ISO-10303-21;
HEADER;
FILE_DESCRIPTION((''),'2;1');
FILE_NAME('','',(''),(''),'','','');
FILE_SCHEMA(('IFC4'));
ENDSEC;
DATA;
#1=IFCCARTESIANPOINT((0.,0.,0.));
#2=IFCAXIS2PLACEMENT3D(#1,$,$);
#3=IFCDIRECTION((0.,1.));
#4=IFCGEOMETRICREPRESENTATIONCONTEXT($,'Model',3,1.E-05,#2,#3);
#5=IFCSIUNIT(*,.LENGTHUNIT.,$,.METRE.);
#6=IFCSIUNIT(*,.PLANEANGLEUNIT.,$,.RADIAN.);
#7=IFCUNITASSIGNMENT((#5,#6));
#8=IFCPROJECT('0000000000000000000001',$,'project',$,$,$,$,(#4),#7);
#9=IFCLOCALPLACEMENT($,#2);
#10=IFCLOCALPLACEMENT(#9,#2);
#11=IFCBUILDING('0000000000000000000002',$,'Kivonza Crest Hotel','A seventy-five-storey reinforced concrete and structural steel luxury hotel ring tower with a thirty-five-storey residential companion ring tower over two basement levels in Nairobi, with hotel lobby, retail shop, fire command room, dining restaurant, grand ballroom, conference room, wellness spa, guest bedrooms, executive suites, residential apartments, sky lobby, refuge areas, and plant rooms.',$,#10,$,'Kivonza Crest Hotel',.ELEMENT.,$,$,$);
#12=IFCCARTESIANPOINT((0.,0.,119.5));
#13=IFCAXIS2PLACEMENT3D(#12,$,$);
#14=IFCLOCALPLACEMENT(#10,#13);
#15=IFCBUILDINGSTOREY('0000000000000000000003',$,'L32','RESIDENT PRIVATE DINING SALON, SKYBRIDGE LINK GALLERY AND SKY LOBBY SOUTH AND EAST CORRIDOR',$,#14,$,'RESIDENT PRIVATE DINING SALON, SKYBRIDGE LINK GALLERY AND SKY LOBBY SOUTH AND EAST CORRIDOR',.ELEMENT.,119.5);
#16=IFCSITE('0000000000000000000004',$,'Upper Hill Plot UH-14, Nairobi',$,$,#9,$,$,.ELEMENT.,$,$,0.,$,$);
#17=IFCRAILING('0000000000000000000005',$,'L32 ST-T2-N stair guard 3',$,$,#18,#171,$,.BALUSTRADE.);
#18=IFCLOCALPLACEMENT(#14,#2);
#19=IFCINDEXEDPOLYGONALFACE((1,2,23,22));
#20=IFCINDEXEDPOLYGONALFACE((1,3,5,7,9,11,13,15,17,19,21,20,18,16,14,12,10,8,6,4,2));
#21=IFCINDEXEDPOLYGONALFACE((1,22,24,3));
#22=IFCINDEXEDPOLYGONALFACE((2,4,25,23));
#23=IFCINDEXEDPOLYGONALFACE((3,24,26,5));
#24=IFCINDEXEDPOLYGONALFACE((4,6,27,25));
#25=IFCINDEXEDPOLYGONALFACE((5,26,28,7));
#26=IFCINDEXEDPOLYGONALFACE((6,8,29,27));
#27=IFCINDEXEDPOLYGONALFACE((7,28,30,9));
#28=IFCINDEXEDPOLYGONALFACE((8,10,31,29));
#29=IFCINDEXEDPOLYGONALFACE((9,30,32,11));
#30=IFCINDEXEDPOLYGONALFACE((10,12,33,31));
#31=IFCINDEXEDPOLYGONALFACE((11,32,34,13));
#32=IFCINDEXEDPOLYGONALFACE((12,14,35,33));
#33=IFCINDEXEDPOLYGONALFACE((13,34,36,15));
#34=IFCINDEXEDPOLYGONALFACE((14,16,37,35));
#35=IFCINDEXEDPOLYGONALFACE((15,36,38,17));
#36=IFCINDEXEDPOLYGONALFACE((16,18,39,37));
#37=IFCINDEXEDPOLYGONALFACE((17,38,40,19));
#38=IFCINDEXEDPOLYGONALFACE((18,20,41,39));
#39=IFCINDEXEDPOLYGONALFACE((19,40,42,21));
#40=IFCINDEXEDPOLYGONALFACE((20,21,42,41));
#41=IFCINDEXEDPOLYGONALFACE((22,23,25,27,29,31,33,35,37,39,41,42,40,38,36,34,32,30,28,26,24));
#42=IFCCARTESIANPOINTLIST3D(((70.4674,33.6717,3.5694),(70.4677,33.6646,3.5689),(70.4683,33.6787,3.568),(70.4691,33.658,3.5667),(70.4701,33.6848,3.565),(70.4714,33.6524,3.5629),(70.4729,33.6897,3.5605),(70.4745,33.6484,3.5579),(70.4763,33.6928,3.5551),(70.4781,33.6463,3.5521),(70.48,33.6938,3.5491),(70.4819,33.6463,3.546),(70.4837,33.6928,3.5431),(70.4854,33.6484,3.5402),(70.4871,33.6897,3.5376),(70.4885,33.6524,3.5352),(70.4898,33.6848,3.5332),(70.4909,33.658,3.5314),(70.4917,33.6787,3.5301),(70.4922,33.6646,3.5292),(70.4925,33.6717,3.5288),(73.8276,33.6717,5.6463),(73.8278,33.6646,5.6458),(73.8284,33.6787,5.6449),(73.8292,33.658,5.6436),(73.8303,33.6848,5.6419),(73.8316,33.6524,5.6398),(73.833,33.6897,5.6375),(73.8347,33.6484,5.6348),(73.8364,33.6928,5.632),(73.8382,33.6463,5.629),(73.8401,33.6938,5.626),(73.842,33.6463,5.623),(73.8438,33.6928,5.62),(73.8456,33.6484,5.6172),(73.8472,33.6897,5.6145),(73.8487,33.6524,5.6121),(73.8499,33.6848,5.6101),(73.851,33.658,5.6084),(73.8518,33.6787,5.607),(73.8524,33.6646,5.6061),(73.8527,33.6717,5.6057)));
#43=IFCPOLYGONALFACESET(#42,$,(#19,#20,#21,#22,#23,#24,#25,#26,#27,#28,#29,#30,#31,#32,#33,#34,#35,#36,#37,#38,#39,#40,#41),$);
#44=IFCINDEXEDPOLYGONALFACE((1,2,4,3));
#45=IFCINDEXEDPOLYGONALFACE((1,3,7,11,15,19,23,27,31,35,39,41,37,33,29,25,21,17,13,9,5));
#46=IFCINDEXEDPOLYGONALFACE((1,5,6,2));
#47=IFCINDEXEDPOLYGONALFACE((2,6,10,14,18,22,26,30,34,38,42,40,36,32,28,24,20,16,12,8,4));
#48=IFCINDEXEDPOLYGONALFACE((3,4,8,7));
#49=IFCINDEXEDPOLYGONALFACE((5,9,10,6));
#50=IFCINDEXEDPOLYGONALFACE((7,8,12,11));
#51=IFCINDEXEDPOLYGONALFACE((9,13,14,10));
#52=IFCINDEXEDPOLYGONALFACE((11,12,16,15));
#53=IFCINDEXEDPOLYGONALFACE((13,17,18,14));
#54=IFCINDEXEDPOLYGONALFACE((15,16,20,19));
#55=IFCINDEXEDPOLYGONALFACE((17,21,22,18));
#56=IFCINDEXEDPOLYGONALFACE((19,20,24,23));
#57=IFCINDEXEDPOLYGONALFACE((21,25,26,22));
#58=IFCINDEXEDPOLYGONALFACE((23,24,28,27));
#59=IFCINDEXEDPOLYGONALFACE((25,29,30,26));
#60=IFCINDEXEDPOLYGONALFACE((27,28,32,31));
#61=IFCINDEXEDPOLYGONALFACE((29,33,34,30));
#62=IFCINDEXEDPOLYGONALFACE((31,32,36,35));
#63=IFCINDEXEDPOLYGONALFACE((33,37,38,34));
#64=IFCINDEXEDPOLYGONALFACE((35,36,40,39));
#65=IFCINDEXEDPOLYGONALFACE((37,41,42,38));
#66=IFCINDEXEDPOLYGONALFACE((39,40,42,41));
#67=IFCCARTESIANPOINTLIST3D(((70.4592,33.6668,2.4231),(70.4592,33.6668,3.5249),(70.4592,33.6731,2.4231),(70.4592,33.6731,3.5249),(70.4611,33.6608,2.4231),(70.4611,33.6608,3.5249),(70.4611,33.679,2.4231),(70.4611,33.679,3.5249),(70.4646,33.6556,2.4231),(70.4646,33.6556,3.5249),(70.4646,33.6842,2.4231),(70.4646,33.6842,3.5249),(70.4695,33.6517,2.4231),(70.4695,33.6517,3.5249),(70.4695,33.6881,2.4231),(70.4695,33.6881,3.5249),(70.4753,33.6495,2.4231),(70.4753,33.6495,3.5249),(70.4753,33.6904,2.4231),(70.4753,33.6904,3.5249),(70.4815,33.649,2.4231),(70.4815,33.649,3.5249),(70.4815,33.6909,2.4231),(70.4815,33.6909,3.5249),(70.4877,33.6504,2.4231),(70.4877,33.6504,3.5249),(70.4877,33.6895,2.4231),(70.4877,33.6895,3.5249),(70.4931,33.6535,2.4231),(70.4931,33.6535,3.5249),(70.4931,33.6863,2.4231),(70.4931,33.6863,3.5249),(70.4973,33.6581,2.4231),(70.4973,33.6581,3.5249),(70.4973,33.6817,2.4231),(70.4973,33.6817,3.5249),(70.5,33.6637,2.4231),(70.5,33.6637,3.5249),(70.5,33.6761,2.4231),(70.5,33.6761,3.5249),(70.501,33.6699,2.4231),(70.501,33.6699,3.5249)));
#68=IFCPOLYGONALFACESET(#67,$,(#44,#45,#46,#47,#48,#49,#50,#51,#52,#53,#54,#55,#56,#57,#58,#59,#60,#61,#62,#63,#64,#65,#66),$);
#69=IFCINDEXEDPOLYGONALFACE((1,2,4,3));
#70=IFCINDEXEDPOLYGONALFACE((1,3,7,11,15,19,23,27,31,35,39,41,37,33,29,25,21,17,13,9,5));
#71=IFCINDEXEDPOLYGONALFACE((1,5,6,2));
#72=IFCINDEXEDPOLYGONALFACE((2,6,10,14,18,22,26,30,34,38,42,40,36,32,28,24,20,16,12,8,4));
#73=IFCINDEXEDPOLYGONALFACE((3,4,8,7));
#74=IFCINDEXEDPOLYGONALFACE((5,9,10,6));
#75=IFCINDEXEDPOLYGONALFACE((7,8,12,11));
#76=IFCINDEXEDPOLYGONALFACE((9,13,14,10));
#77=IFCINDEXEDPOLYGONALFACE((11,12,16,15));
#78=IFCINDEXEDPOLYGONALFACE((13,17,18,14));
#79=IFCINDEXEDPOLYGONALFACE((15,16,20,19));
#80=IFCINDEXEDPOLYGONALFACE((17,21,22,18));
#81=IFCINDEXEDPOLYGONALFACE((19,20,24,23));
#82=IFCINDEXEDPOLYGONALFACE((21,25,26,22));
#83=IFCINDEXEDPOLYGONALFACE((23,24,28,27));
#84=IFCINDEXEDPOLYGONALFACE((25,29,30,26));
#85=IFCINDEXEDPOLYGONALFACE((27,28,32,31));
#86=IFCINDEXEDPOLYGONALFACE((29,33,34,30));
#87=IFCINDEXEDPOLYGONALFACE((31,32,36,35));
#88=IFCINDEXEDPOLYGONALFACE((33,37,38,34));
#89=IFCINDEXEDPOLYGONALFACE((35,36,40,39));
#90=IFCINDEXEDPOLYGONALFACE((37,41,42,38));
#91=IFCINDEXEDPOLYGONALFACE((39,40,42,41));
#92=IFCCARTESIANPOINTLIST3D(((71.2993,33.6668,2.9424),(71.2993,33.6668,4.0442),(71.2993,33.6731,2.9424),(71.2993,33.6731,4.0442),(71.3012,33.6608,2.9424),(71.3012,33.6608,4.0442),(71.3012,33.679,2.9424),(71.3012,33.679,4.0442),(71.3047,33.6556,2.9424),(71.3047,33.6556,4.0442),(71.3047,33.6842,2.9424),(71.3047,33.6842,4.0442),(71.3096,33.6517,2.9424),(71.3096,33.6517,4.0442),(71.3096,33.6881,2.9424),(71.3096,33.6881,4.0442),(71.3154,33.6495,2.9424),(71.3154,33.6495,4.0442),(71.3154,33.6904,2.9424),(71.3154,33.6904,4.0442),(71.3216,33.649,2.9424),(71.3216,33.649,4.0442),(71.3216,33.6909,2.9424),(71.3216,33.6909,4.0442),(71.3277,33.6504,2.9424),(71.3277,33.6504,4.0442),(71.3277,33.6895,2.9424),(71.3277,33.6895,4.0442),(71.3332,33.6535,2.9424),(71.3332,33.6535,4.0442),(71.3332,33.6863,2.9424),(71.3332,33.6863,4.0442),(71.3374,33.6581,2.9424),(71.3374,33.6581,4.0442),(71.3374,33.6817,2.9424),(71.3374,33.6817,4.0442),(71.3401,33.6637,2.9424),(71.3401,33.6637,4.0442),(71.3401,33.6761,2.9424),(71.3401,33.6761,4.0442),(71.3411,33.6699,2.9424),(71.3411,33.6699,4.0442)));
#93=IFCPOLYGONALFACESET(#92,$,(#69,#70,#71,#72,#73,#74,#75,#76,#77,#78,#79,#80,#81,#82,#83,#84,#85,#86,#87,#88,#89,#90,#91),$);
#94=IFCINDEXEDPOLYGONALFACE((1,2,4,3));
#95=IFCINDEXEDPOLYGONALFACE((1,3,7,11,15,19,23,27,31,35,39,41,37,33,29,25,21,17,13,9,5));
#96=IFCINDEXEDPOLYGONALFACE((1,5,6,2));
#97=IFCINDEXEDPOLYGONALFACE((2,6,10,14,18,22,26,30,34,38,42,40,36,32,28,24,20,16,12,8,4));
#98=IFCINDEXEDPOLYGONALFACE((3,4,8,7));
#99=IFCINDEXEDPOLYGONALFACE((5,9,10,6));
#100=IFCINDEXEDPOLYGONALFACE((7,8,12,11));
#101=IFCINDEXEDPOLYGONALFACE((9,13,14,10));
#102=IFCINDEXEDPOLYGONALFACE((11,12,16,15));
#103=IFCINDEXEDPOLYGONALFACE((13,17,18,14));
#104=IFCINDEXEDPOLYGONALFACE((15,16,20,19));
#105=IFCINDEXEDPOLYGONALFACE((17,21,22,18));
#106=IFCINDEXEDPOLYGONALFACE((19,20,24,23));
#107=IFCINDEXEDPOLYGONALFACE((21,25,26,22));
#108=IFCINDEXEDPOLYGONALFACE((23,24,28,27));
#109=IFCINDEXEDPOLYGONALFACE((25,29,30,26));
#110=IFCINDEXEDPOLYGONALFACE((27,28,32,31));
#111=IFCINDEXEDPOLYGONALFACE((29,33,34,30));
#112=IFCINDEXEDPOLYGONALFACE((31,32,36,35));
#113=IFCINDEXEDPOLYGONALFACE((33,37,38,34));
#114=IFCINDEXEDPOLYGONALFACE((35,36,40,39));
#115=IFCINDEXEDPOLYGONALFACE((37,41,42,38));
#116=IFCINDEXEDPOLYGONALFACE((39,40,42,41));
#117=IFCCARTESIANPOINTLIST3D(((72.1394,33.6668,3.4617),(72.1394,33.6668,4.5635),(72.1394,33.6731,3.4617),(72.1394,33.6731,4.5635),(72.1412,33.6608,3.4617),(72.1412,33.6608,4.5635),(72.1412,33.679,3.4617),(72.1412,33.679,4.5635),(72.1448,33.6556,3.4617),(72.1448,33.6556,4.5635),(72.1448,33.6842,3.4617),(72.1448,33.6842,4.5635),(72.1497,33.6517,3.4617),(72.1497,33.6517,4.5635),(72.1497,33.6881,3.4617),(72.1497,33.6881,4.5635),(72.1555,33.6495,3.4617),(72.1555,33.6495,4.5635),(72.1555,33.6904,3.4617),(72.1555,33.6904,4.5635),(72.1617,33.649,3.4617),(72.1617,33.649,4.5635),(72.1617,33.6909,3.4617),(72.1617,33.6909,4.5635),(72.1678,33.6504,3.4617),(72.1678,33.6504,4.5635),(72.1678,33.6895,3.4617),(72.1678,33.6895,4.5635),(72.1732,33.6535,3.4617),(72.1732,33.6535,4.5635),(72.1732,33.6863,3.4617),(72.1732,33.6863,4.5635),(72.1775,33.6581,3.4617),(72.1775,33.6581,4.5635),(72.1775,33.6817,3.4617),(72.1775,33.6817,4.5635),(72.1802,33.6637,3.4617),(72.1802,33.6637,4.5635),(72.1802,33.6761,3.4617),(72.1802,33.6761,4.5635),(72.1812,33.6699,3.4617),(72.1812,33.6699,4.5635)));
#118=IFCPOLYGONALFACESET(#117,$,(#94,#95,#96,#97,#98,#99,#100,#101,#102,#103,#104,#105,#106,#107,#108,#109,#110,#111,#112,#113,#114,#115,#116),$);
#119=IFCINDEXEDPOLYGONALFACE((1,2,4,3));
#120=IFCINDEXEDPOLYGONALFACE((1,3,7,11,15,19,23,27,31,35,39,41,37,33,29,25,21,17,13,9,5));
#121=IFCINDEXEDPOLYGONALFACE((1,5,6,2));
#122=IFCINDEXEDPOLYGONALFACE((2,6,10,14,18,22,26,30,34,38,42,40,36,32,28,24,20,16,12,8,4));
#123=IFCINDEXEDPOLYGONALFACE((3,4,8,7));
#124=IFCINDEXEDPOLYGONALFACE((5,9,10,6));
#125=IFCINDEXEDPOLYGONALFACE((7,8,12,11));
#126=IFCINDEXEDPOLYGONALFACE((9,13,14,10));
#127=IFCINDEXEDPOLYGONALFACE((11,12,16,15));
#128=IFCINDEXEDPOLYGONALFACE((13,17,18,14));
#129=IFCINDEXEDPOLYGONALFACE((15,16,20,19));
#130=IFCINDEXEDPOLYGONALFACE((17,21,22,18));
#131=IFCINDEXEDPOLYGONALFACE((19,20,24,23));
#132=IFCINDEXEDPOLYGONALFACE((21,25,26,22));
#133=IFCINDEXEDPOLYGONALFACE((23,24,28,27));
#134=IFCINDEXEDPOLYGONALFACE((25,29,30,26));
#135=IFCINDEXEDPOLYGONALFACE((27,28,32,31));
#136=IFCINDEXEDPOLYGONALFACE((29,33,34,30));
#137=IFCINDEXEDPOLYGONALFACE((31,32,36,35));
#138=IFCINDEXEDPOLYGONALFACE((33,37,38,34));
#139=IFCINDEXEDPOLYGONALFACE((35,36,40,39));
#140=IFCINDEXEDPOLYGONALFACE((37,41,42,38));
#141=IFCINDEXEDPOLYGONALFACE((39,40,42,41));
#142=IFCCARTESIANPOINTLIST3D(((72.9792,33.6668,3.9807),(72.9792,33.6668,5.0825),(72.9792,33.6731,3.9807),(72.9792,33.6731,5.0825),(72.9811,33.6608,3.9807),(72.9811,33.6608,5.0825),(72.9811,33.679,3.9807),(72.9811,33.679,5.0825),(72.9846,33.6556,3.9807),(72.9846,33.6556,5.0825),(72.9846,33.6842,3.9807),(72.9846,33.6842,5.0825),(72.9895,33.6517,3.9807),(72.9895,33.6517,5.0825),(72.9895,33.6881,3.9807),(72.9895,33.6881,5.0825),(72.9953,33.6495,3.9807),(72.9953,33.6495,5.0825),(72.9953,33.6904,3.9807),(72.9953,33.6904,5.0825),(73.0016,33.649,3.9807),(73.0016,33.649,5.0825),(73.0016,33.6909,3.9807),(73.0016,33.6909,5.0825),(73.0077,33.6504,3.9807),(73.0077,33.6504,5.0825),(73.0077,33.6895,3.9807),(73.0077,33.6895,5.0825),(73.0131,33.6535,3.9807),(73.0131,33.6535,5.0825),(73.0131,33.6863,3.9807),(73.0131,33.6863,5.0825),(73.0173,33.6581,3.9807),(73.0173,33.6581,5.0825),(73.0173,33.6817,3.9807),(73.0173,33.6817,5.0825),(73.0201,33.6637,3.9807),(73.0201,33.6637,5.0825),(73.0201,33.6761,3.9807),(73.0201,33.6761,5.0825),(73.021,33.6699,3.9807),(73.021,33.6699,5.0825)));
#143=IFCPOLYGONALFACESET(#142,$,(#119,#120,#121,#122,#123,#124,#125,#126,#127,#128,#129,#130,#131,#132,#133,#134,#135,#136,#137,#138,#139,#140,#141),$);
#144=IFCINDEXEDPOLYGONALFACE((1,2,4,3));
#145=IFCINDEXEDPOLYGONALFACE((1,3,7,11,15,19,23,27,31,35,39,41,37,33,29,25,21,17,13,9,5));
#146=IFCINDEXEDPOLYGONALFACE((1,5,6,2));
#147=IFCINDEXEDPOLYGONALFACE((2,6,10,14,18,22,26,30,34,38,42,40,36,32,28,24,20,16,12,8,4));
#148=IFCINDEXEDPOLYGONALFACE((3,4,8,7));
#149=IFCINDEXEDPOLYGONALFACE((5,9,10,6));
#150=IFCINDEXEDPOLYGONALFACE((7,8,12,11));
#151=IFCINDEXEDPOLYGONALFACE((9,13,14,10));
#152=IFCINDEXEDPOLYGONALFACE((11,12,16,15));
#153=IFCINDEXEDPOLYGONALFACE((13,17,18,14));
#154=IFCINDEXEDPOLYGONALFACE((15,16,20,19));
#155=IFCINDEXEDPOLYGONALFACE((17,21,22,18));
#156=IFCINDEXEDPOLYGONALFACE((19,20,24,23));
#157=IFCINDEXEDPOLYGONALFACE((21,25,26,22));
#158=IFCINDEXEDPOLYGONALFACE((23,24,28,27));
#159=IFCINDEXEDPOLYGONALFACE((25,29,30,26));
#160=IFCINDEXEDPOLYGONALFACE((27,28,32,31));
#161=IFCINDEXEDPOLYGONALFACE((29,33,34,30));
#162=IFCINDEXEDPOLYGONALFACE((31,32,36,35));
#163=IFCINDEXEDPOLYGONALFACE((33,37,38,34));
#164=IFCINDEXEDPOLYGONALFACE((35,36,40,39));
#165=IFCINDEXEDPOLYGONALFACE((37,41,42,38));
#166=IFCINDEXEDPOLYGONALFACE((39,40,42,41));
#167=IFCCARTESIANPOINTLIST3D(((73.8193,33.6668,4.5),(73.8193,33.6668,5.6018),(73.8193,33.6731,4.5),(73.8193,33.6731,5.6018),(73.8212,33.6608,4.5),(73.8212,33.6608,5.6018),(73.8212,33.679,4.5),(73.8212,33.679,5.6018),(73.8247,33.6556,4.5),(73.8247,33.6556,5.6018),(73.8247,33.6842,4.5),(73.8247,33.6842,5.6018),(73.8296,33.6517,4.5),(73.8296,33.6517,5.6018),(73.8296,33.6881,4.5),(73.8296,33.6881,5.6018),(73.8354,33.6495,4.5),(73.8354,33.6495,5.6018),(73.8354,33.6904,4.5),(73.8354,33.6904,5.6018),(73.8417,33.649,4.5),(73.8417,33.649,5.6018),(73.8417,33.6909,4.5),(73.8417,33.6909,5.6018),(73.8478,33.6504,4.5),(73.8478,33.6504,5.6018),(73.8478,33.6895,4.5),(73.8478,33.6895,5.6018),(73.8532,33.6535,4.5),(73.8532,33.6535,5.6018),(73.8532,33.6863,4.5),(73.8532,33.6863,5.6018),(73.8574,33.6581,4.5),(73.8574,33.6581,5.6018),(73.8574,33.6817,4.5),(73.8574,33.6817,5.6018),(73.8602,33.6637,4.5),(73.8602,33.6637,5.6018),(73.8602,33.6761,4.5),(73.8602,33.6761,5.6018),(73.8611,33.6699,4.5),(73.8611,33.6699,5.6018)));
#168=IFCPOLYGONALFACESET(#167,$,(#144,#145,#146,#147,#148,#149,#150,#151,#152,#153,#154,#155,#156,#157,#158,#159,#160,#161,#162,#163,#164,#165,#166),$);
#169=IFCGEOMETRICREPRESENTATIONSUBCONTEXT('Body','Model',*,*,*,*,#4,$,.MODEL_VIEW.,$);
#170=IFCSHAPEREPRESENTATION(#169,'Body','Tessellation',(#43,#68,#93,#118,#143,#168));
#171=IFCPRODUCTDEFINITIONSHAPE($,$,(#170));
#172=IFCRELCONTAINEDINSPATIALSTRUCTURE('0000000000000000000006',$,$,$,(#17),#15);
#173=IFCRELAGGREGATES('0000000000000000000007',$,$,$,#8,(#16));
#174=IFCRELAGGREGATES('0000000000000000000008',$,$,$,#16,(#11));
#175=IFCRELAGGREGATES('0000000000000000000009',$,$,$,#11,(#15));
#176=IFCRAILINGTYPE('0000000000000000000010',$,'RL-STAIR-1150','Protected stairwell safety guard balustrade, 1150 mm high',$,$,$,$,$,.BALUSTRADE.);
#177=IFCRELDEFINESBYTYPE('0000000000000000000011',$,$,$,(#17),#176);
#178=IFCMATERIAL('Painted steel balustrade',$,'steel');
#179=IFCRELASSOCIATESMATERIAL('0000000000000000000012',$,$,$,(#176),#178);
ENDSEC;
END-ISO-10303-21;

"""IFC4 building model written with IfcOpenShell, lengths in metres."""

from ifc_helpers import new_model, si_unit, direction, frame, origin, origin_2d, place, context, subcontext, project, spatial, circle, extrude, material, type_object, element, save


model = new_model("IFC4")

# Units and contexts
model_context = context("Model", 3, precision=1e-05, world=origin(), true_north=direction((0.0, 1.0)))
body_context = subcontext(model_context, "Body", "Model", "MODEL_VIEW")
ifc_project = project(units=[si_unit("LENGTHUNIT", "METRE"), si_unit("PLANEANGLEUNIT", "RADIAN")], contexts=[model_context])

# Site, building, storey
site_placement = place(None, origin())
site = spatial("IfcSite", under=ifc_project, at=site_placement, Name="Upper Hill Plot UH-14, Nairobi", CompositionType="ELEMENT", RefElevation=0.0)
building_placement = place(site_placement, origin())
building = spatial("IfcBuilding", under=site, at=building_placement, Name="Kivonza Crest Hotel", Description="A seventy-five-storey reinforced concrete and structural steel luxury hotel ring tower with a thirty-five-storey residential companion ring tower over two basement levels in Nairobi, with hotel lobby, retail shop, fire command room, dining restaurant, grand ballroom, conference room, wellness spa, guest bedrooms, executive suites, residential apartments, sky lobby, refuge areas, and plant rooms.", LongName="Kivonza Crest Hotel", CompositionType="ELEMENT")
storey_placement = place(building_placement, frame((0.0, 0.0, 119.5)))
storey = spatial("IfcBuildingStorey", under=building, at=storey_placement, Name="L32", Description="RESIDENT PRIVATE DINING SALON, SKYBRIDGE LINK GALLERY AND SKY LOBBY SOUTH AND EAST CORRIDOR", LongName="RESIDENT PRIVATE DINING SALON, SKYBRIDGE LINK GALLERY AND SKY LOBBY SOUTH AND EAST CORRIDOR", CompositionType="ELEMENT", Elevation=119.5)

# Railing
ifc_material_1 = material(Name="Painted steel balustrade", Category="steel")
railing_type_1 = type_object("IfcRailingType", Name="RL-STAIR-1150", Description="Protected stairwell safety guard balustrade, 1150 mm high", PredefinedType="BALUSTRADE", material=ifc_material_1)
railing_1_placement = place(storey_placement, frame((70.48, 33.6699, 2.4231)))
element("IfcRailing", 1, at=railing_1_placement, inside=storey, type_object=railing_type_1, Name="L32 ST-T2-N stair guard 3", PredefinedType="BALUSTRADE", context=body_context, shape_type="SweptSolid", body=[
    extrude(circle(Radius=0.0239, at=origin_2d()), frame((0.0, 0.0, 1.126), z_axis=(0.850623, 0.0, 0.525776), x_axis=(0.0, 1.0, 0.0)), (0.0, 0.0, 1.0), 3.9502),
    extrude(circle(Radius=0.021, at=origin_2d()), origin(), (0.0, 0.0, 1.0), 1.1018),
    extrude(circle(Radius=0.021, at=origin_2d()), frame((0.8401, 0.0, 0.5193)), (0.0, 0.0, 1.0), 1.1018),
    extrude(circle(Radius=0.021, at=origin_2d()), frame((1.6802, 0.0, 1.0386)), (0.0, 0.0, 1.0), 1.1018),
    extrude(circle(Radius=0.021, at=origin_2d()), frame((2.52, 0.0, 1.5576)), (0.0, 0.0, 1.0), 1.1018),
    extrude(circle(Radius=0.021, at=origin_2d()), frame((3.3601, 0.0, 2.0769)), (0.0, 0.0, 1.0), 1.1018),
])

save(model, "model.ifc")
